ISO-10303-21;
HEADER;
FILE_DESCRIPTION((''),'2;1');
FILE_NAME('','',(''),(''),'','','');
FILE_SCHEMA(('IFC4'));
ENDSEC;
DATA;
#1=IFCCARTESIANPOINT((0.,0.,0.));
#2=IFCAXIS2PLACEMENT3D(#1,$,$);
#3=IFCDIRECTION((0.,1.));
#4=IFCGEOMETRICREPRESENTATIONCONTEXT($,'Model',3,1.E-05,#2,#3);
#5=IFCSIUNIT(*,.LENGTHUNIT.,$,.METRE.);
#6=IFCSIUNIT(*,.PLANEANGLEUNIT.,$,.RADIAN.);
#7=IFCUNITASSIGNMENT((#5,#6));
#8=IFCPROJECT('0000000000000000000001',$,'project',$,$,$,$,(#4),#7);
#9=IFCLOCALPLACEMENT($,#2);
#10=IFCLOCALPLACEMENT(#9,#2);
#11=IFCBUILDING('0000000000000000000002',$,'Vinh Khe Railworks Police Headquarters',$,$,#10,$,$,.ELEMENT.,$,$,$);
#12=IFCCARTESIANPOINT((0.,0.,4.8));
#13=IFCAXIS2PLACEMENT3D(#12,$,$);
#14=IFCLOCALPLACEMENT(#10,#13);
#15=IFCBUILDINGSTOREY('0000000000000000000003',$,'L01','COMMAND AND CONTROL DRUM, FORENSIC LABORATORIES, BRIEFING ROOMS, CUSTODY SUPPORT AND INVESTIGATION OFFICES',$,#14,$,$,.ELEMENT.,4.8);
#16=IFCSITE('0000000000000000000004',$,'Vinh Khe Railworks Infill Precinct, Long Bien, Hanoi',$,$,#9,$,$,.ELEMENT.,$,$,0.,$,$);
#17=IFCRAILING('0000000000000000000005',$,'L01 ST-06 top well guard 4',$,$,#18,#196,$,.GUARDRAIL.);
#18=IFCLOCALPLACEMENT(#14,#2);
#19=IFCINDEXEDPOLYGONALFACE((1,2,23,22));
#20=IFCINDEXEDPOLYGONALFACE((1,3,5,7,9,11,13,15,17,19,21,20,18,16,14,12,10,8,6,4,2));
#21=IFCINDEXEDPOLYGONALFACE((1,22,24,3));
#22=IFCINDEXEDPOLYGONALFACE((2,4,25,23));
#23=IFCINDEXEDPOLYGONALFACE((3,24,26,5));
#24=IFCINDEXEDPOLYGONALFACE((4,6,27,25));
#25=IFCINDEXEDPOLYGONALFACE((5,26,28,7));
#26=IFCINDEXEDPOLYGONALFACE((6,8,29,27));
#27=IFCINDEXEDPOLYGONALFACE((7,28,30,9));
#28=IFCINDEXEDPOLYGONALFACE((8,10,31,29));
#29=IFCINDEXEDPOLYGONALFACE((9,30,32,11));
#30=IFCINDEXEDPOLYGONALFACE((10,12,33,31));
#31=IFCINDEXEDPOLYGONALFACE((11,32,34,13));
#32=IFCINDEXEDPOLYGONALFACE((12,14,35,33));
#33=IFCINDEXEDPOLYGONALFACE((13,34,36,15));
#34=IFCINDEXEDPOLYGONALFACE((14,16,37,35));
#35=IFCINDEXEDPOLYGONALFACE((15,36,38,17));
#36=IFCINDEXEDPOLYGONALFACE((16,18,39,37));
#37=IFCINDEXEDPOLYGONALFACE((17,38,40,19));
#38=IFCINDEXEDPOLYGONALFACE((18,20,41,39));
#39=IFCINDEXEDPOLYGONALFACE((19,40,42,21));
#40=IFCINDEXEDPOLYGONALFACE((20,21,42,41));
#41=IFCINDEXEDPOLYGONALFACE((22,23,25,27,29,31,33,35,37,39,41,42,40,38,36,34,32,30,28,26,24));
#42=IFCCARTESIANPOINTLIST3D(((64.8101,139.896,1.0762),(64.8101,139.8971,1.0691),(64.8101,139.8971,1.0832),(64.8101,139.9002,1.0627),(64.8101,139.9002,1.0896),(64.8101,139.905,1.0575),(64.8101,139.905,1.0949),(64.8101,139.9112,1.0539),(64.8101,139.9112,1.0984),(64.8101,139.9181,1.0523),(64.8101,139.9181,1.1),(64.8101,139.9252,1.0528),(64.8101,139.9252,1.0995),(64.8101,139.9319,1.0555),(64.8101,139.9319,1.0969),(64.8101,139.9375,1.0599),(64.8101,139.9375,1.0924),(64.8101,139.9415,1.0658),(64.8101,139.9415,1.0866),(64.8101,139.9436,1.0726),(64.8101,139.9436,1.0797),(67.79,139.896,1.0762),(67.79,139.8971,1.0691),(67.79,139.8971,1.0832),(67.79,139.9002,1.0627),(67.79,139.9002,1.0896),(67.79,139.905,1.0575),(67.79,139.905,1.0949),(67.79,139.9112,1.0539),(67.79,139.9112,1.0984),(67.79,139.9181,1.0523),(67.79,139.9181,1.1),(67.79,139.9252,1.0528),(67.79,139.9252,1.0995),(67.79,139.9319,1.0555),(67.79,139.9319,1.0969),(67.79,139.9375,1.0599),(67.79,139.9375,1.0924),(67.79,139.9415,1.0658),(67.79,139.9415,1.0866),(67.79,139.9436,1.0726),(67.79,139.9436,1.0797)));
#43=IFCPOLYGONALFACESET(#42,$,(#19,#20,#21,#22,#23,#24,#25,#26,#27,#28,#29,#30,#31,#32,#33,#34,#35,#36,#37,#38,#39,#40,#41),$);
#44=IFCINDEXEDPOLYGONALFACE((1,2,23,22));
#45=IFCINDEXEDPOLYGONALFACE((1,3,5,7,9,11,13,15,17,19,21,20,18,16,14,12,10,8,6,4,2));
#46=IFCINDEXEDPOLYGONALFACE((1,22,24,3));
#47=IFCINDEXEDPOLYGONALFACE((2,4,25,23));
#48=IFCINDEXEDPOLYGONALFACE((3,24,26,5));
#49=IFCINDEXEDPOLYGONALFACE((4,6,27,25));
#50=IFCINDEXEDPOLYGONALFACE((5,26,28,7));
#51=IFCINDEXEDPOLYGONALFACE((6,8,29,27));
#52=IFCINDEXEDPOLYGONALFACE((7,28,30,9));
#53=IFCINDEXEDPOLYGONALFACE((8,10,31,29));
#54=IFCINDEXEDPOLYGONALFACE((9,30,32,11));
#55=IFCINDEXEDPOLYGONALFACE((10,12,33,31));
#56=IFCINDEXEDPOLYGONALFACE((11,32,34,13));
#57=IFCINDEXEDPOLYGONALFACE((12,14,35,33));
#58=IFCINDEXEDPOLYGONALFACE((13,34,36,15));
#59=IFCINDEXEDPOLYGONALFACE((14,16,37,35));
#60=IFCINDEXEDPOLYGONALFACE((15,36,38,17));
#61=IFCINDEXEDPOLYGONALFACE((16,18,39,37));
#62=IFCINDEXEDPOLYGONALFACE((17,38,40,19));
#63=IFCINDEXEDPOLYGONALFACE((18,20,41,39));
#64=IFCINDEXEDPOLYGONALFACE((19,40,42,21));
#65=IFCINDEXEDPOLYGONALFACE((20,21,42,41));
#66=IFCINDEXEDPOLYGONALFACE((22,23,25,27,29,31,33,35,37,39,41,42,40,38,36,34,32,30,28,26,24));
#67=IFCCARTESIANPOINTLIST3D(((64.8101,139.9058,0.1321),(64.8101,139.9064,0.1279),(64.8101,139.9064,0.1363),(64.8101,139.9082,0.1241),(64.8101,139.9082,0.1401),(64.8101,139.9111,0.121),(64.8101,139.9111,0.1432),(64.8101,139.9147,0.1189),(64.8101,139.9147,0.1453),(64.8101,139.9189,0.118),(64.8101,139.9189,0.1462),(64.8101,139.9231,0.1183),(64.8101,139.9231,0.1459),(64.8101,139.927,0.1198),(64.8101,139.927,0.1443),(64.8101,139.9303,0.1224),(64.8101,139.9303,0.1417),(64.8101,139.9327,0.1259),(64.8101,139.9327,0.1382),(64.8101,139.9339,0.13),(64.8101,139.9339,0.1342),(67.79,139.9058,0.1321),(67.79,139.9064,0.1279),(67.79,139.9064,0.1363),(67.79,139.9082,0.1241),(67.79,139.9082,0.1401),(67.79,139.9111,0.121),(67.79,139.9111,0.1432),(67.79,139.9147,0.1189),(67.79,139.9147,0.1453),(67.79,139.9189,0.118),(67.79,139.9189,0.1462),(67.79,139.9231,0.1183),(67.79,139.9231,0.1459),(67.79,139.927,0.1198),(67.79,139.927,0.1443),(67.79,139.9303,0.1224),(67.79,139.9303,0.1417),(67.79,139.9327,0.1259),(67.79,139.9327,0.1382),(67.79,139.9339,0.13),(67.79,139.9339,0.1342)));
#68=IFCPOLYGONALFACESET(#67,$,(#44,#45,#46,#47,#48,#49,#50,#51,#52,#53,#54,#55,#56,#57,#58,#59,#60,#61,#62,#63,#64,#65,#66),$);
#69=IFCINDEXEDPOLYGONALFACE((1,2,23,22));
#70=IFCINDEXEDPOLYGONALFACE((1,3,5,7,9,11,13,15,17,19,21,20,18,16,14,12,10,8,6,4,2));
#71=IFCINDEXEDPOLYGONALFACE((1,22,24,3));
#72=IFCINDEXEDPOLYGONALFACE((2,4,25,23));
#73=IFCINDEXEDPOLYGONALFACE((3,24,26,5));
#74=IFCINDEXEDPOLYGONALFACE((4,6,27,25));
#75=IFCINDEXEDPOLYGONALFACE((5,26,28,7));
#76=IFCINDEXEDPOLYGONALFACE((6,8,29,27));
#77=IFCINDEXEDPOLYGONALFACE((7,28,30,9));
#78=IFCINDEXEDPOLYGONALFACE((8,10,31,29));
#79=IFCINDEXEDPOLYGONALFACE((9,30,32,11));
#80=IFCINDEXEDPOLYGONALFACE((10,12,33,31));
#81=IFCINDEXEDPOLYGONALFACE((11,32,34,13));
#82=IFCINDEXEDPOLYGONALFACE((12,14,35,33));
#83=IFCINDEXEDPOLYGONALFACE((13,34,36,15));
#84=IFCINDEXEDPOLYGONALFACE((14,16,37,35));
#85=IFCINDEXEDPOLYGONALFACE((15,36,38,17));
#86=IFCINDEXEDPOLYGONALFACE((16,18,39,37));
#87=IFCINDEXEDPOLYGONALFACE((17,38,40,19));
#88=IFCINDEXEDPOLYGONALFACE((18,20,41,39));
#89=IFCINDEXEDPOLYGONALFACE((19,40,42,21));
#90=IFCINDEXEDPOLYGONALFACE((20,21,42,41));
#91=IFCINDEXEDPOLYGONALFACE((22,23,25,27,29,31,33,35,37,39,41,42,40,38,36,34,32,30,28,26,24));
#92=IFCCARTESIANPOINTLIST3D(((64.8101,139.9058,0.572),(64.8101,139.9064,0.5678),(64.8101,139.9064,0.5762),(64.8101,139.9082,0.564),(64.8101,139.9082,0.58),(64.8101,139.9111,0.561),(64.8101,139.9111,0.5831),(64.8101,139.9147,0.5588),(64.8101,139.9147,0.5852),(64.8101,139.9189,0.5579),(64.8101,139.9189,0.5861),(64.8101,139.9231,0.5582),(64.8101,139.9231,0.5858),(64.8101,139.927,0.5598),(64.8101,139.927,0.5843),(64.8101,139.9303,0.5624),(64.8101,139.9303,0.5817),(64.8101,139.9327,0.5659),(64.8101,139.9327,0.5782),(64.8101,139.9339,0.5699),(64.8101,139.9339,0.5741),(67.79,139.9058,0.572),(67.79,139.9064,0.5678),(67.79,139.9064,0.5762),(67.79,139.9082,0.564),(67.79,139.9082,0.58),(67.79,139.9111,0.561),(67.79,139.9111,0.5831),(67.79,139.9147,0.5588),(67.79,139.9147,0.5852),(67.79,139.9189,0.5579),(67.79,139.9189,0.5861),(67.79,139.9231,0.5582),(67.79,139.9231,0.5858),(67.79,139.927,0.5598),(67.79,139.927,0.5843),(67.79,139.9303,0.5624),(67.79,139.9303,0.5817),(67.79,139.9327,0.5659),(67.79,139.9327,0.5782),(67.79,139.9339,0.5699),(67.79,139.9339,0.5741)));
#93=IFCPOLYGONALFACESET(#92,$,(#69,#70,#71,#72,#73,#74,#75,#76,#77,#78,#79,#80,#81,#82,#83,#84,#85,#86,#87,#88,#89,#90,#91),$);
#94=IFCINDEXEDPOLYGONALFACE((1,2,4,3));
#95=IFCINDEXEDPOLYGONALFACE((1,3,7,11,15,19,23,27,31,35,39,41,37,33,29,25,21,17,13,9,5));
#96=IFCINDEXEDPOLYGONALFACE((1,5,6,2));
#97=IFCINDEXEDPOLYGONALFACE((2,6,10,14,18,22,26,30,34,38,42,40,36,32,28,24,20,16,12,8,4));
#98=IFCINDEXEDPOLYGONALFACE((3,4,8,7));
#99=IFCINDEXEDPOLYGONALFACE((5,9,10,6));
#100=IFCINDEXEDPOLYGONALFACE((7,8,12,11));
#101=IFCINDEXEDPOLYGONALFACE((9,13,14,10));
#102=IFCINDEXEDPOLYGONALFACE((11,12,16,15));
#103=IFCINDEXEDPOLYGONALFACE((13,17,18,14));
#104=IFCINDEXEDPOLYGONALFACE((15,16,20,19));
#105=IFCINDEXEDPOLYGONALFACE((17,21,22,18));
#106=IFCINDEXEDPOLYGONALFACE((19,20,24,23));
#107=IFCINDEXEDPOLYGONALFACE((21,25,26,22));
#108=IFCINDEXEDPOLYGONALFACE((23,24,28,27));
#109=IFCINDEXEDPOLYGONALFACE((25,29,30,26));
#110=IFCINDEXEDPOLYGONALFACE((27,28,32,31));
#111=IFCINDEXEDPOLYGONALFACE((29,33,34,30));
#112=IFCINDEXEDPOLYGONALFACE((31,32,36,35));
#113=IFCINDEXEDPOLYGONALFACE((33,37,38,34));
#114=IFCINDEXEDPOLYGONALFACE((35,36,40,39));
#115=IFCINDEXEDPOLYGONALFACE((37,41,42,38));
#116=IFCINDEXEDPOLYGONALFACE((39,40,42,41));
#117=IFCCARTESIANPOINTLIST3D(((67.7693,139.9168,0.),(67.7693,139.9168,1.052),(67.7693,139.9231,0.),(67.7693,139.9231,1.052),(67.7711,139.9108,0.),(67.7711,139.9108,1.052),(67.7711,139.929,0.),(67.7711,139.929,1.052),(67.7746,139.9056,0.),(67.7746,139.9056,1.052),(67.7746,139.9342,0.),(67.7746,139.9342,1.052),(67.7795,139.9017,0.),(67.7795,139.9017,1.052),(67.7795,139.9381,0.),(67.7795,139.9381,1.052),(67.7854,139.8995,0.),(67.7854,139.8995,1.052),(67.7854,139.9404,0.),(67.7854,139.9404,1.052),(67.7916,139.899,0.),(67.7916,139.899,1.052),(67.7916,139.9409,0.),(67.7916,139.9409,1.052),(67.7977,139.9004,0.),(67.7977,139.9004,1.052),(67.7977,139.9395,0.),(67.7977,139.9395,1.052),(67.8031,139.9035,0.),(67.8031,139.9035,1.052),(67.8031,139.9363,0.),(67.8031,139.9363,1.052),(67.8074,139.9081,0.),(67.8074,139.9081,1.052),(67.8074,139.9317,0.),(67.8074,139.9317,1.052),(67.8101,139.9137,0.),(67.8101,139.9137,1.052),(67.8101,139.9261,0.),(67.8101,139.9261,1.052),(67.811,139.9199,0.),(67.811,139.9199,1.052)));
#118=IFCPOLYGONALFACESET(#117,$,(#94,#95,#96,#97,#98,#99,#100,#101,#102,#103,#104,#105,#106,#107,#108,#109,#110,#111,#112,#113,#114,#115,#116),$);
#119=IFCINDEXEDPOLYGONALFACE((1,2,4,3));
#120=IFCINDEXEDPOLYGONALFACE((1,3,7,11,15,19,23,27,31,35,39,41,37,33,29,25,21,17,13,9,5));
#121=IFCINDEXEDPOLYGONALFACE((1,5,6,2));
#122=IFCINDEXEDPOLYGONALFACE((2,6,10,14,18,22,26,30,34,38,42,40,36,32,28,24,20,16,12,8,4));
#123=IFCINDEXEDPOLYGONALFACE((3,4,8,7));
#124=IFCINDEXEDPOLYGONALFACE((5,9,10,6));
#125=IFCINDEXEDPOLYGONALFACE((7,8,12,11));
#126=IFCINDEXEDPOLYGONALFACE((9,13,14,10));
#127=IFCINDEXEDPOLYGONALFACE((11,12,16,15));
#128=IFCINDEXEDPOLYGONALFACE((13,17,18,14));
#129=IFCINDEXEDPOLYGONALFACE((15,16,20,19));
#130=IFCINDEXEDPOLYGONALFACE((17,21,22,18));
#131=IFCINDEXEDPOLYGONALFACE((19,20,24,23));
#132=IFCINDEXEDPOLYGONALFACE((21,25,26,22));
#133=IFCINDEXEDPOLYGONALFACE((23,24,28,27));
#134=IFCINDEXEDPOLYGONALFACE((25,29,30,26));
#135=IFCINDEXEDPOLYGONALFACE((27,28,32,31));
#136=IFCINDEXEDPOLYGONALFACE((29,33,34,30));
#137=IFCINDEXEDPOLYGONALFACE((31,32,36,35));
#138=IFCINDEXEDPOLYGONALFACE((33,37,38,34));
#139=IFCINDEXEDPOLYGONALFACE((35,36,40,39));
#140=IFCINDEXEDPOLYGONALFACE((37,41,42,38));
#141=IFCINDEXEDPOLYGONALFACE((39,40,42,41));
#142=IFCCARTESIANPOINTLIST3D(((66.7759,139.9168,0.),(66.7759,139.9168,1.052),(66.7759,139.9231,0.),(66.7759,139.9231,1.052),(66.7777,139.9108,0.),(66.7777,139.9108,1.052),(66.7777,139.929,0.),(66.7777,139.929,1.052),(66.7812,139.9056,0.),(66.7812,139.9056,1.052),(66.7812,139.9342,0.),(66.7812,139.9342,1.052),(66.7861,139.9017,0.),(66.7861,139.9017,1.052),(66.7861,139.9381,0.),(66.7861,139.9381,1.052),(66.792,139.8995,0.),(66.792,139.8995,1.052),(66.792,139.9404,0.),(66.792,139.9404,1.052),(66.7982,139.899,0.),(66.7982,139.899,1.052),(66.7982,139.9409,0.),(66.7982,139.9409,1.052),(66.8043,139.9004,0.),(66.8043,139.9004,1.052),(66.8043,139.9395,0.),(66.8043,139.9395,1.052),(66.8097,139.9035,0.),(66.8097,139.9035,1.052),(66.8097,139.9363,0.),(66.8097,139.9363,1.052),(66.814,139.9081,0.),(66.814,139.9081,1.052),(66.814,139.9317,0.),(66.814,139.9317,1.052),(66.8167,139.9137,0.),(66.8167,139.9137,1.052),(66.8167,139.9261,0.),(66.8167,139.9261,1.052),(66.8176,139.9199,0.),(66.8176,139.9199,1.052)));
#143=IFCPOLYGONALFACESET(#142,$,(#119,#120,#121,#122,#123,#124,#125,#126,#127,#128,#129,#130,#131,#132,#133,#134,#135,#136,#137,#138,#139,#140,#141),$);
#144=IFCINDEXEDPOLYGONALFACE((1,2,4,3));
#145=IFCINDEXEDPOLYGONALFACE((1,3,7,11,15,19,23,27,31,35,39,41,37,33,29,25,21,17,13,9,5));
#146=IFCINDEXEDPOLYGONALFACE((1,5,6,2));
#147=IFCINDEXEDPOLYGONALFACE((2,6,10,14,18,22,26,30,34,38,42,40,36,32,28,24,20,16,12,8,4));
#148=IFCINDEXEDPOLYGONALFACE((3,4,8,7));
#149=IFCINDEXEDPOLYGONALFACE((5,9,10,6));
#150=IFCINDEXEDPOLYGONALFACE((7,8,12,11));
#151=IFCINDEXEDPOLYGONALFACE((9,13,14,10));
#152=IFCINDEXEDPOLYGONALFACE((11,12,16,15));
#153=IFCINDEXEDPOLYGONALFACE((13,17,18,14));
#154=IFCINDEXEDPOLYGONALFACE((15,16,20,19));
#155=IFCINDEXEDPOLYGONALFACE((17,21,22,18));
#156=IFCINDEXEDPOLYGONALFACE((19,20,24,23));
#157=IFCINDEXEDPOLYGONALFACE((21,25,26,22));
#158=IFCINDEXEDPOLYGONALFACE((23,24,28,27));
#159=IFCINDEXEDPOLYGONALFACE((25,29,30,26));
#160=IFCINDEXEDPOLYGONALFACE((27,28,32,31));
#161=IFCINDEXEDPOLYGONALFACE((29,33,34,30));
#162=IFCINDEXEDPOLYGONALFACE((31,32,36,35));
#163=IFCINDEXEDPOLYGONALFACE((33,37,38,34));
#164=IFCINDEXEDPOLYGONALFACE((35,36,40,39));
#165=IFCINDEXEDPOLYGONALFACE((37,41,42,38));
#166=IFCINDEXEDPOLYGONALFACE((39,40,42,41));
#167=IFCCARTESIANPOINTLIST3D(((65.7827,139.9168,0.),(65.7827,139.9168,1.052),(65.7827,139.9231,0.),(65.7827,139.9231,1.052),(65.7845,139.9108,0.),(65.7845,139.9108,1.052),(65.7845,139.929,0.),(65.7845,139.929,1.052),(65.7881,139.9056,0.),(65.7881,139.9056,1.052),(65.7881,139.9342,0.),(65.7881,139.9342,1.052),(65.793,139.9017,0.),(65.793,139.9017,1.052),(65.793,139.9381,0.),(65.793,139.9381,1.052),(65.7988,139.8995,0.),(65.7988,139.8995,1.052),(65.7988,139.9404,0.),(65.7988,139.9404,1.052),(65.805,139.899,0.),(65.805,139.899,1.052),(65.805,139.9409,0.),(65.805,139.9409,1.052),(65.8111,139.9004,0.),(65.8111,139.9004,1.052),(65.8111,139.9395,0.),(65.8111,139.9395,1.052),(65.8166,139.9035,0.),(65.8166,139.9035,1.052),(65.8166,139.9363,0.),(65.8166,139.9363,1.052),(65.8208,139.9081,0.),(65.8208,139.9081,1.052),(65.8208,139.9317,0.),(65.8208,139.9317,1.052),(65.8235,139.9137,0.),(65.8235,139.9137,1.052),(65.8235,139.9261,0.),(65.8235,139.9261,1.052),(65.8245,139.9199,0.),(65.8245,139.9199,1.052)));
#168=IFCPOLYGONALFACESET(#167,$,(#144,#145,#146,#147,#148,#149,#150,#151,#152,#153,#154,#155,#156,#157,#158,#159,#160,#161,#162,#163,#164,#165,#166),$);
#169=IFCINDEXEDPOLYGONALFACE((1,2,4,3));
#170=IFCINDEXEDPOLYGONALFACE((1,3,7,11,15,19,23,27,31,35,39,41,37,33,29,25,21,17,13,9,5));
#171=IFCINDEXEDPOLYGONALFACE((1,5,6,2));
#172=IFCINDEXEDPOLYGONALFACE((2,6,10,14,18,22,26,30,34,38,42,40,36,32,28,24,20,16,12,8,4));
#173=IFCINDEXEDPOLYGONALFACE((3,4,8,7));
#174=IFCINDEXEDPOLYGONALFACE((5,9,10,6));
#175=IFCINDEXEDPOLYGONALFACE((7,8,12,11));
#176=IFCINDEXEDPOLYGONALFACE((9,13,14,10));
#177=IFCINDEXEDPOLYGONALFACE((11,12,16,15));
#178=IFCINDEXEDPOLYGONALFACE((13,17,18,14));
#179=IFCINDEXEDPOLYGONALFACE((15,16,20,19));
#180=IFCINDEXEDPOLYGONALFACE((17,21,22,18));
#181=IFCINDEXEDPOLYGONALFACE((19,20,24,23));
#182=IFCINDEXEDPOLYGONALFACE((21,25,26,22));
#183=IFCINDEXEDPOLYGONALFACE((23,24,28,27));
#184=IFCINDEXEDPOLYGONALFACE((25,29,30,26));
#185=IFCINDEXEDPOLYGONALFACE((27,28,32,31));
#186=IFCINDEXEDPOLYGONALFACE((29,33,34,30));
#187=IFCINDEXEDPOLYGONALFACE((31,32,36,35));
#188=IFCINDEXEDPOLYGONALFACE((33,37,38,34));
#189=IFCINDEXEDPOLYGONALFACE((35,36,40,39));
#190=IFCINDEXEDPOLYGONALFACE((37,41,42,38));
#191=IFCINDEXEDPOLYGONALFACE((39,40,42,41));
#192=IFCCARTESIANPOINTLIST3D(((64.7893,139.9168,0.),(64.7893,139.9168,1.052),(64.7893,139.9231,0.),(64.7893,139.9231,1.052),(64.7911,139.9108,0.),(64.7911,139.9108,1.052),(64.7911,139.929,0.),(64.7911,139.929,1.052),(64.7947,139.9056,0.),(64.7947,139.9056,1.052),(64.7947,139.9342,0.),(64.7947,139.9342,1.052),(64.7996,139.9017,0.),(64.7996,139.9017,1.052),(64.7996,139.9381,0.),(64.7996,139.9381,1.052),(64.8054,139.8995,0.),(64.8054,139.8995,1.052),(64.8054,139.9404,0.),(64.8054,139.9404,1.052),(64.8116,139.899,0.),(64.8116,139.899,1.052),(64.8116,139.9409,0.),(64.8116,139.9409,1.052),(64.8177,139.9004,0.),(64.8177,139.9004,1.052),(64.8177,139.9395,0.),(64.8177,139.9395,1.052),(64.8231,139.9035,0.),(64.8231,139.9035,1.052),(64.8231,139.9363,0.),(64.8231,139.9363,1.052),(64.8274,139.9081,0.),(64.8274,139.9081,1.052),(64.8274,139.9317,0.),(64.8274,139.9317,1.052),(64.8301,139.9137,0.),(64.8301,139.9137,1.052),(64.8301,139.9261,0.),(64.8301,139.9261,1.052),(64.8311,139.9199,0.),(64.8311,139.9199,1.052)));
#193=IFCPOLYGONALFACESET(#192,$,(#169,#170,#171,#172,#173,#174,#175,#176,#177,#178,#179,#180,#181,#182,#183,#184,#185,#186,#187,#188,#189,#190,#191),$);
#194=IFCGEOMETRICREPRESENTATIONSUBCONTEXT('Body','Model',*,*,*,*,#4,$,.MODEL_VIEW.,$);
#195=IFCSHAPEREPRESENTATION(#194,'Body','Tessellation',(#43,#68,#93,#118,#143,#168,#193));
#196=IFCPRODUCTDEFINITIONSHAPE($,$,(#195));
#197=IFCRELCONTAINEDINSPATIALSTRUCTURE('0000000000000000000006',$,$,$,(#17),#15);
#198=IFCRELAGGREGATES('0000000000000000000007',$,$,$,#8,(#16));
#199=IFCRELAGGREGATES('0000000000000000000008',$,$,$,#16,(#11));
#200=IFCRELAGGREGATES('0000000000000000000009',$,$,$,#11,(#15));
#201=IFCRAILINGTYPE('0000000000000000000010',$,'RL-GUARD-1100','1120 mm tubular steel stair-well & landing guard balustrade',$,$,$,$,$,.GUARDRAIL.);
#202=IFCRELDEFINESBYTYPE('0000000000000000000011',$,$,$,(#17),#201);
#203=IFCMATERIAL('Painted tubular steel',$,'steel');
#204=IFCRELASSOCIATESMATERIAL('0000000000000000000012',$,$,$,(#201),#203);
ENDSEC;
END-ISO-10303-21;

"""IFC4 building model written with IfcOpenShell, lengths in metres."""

from ifc_helpers import new_model, si_unit, direction, frame, origin, origin_2d, place, context, subcontext, project, spatial, circle, extrude, material, type_object, element, save


model = new_model("IFC4")

# Units and contexts
model_context = context("Model", 3, precision=1e-05, world=origin(), true_north=direction((0.0, 1.0)))
body_context = subcontext(model_context, "Body", "Model", "MODEL_VIEW")
ifc_project = project(units=[si_unit("LENGTHUNIT", "METRE"), si_unit("PLANEANGLEUNIT", "RADIAN")], contexts=[model_context])

# Site, building, storey
site_placement = place(None, origin())
site = spatial("IfcSite", under=ifc_project, at=site_placement, Name="Vinh Khe Railworks Infill Precinct, Long Bien, Hanoi", CompositionType="ELEMENT", RefElevation=0.0)
building_placement = place(site_placement, origin())
building = spatial("IfcBuilding", under=site, at=building_placement, Name="Vinh Khe Railworks Police Headquarters", CompositionType="ELEMENT")
storey_placement = place(building_placement, frame((0.0, 0.0, 4.8)))
storey = spatial("IfcBuildingStorey", under=building, at=storey_placement, Name="L01", Description="COMMAND AND CONTROL DRUM, FORENSIC LABORATORIES, BRIEFING ROOMS, CUSTODY SUPPORT AND INVESTIGATION OFFICES", CompositionType="ELEMENT", Elevation=4.8)

# Railing
ifc_material_1 = material(Name="Painted tubular steel", Category="steel")
railing_type_1 = type_object("IfcRailingType", Name="RL-GUARD-1100", Description="1120 mm tubular steel stair-well & landing guard balustrade", PredefinedType="GUARDRAIL", material=ifc_material_1)
railing_1_placement = place(storey_placement, frame((67.79, 139.9199, 0.0)))
element("IfcRailing", 1, at=railing_1_placement, inside=storey, type_object=railing_type_1, Name="L01 ST-06 top well guard 4", PredefinedType="GUARDRAIL", context=body_context, shape_type="SweptSolid", body=[
    extrude(circle(Radius=0.0239, at=origin_2d()), frame((0.0, 0.0, 1.0762), z_axis=(-1.0, 0.0, 0.0), x_axis=(0.0, -1.0, 0.0)), (0.0, 0.0, 1.0), 2.98),
    extrude(circle(Radius=0.0142, at=origin_2d()), frame((0.0, 0.0, 0.1321), z_axis=(-1.0, 0.0, 0.0), x_axis=(0.0, -1.0, 0.0)), (0.0, 0.0, 1.0), 2.98),
    extrude(circle(Radius=0.0142, at=origin_2d()), frame((0.0, 0.0, 0.572), z_axis=(-1.0, 0.0, 0.0), x_axis=(0.0, -1.0, 0.0)), (0.0, 0.0, 1.0), 2.98),
    extrude(circle(Radius=0.021, at=origin_2d()), origin(), (0.0, 0.0, 1.0), 1.052),
    extrude(circle(Radius=0.021, at=origin_2d()), frame((-0.9934, 0.0, 0.0)), (0.0, 0.0, 1.0), 1.052),
    extrude(circle(Radius=0.021, at=origin_2d()), frame((-1.9866, 0.0, 0.0)), (0.0, 0.0, 1.0), 1.052),
    extrude(circle(Radius=0.021, at=origin_2d()), frame((-2.98, 0.0, 0.0)), (0.0, 0.0, 1.0), 1.052),
])

save(model, "model.ifc")
